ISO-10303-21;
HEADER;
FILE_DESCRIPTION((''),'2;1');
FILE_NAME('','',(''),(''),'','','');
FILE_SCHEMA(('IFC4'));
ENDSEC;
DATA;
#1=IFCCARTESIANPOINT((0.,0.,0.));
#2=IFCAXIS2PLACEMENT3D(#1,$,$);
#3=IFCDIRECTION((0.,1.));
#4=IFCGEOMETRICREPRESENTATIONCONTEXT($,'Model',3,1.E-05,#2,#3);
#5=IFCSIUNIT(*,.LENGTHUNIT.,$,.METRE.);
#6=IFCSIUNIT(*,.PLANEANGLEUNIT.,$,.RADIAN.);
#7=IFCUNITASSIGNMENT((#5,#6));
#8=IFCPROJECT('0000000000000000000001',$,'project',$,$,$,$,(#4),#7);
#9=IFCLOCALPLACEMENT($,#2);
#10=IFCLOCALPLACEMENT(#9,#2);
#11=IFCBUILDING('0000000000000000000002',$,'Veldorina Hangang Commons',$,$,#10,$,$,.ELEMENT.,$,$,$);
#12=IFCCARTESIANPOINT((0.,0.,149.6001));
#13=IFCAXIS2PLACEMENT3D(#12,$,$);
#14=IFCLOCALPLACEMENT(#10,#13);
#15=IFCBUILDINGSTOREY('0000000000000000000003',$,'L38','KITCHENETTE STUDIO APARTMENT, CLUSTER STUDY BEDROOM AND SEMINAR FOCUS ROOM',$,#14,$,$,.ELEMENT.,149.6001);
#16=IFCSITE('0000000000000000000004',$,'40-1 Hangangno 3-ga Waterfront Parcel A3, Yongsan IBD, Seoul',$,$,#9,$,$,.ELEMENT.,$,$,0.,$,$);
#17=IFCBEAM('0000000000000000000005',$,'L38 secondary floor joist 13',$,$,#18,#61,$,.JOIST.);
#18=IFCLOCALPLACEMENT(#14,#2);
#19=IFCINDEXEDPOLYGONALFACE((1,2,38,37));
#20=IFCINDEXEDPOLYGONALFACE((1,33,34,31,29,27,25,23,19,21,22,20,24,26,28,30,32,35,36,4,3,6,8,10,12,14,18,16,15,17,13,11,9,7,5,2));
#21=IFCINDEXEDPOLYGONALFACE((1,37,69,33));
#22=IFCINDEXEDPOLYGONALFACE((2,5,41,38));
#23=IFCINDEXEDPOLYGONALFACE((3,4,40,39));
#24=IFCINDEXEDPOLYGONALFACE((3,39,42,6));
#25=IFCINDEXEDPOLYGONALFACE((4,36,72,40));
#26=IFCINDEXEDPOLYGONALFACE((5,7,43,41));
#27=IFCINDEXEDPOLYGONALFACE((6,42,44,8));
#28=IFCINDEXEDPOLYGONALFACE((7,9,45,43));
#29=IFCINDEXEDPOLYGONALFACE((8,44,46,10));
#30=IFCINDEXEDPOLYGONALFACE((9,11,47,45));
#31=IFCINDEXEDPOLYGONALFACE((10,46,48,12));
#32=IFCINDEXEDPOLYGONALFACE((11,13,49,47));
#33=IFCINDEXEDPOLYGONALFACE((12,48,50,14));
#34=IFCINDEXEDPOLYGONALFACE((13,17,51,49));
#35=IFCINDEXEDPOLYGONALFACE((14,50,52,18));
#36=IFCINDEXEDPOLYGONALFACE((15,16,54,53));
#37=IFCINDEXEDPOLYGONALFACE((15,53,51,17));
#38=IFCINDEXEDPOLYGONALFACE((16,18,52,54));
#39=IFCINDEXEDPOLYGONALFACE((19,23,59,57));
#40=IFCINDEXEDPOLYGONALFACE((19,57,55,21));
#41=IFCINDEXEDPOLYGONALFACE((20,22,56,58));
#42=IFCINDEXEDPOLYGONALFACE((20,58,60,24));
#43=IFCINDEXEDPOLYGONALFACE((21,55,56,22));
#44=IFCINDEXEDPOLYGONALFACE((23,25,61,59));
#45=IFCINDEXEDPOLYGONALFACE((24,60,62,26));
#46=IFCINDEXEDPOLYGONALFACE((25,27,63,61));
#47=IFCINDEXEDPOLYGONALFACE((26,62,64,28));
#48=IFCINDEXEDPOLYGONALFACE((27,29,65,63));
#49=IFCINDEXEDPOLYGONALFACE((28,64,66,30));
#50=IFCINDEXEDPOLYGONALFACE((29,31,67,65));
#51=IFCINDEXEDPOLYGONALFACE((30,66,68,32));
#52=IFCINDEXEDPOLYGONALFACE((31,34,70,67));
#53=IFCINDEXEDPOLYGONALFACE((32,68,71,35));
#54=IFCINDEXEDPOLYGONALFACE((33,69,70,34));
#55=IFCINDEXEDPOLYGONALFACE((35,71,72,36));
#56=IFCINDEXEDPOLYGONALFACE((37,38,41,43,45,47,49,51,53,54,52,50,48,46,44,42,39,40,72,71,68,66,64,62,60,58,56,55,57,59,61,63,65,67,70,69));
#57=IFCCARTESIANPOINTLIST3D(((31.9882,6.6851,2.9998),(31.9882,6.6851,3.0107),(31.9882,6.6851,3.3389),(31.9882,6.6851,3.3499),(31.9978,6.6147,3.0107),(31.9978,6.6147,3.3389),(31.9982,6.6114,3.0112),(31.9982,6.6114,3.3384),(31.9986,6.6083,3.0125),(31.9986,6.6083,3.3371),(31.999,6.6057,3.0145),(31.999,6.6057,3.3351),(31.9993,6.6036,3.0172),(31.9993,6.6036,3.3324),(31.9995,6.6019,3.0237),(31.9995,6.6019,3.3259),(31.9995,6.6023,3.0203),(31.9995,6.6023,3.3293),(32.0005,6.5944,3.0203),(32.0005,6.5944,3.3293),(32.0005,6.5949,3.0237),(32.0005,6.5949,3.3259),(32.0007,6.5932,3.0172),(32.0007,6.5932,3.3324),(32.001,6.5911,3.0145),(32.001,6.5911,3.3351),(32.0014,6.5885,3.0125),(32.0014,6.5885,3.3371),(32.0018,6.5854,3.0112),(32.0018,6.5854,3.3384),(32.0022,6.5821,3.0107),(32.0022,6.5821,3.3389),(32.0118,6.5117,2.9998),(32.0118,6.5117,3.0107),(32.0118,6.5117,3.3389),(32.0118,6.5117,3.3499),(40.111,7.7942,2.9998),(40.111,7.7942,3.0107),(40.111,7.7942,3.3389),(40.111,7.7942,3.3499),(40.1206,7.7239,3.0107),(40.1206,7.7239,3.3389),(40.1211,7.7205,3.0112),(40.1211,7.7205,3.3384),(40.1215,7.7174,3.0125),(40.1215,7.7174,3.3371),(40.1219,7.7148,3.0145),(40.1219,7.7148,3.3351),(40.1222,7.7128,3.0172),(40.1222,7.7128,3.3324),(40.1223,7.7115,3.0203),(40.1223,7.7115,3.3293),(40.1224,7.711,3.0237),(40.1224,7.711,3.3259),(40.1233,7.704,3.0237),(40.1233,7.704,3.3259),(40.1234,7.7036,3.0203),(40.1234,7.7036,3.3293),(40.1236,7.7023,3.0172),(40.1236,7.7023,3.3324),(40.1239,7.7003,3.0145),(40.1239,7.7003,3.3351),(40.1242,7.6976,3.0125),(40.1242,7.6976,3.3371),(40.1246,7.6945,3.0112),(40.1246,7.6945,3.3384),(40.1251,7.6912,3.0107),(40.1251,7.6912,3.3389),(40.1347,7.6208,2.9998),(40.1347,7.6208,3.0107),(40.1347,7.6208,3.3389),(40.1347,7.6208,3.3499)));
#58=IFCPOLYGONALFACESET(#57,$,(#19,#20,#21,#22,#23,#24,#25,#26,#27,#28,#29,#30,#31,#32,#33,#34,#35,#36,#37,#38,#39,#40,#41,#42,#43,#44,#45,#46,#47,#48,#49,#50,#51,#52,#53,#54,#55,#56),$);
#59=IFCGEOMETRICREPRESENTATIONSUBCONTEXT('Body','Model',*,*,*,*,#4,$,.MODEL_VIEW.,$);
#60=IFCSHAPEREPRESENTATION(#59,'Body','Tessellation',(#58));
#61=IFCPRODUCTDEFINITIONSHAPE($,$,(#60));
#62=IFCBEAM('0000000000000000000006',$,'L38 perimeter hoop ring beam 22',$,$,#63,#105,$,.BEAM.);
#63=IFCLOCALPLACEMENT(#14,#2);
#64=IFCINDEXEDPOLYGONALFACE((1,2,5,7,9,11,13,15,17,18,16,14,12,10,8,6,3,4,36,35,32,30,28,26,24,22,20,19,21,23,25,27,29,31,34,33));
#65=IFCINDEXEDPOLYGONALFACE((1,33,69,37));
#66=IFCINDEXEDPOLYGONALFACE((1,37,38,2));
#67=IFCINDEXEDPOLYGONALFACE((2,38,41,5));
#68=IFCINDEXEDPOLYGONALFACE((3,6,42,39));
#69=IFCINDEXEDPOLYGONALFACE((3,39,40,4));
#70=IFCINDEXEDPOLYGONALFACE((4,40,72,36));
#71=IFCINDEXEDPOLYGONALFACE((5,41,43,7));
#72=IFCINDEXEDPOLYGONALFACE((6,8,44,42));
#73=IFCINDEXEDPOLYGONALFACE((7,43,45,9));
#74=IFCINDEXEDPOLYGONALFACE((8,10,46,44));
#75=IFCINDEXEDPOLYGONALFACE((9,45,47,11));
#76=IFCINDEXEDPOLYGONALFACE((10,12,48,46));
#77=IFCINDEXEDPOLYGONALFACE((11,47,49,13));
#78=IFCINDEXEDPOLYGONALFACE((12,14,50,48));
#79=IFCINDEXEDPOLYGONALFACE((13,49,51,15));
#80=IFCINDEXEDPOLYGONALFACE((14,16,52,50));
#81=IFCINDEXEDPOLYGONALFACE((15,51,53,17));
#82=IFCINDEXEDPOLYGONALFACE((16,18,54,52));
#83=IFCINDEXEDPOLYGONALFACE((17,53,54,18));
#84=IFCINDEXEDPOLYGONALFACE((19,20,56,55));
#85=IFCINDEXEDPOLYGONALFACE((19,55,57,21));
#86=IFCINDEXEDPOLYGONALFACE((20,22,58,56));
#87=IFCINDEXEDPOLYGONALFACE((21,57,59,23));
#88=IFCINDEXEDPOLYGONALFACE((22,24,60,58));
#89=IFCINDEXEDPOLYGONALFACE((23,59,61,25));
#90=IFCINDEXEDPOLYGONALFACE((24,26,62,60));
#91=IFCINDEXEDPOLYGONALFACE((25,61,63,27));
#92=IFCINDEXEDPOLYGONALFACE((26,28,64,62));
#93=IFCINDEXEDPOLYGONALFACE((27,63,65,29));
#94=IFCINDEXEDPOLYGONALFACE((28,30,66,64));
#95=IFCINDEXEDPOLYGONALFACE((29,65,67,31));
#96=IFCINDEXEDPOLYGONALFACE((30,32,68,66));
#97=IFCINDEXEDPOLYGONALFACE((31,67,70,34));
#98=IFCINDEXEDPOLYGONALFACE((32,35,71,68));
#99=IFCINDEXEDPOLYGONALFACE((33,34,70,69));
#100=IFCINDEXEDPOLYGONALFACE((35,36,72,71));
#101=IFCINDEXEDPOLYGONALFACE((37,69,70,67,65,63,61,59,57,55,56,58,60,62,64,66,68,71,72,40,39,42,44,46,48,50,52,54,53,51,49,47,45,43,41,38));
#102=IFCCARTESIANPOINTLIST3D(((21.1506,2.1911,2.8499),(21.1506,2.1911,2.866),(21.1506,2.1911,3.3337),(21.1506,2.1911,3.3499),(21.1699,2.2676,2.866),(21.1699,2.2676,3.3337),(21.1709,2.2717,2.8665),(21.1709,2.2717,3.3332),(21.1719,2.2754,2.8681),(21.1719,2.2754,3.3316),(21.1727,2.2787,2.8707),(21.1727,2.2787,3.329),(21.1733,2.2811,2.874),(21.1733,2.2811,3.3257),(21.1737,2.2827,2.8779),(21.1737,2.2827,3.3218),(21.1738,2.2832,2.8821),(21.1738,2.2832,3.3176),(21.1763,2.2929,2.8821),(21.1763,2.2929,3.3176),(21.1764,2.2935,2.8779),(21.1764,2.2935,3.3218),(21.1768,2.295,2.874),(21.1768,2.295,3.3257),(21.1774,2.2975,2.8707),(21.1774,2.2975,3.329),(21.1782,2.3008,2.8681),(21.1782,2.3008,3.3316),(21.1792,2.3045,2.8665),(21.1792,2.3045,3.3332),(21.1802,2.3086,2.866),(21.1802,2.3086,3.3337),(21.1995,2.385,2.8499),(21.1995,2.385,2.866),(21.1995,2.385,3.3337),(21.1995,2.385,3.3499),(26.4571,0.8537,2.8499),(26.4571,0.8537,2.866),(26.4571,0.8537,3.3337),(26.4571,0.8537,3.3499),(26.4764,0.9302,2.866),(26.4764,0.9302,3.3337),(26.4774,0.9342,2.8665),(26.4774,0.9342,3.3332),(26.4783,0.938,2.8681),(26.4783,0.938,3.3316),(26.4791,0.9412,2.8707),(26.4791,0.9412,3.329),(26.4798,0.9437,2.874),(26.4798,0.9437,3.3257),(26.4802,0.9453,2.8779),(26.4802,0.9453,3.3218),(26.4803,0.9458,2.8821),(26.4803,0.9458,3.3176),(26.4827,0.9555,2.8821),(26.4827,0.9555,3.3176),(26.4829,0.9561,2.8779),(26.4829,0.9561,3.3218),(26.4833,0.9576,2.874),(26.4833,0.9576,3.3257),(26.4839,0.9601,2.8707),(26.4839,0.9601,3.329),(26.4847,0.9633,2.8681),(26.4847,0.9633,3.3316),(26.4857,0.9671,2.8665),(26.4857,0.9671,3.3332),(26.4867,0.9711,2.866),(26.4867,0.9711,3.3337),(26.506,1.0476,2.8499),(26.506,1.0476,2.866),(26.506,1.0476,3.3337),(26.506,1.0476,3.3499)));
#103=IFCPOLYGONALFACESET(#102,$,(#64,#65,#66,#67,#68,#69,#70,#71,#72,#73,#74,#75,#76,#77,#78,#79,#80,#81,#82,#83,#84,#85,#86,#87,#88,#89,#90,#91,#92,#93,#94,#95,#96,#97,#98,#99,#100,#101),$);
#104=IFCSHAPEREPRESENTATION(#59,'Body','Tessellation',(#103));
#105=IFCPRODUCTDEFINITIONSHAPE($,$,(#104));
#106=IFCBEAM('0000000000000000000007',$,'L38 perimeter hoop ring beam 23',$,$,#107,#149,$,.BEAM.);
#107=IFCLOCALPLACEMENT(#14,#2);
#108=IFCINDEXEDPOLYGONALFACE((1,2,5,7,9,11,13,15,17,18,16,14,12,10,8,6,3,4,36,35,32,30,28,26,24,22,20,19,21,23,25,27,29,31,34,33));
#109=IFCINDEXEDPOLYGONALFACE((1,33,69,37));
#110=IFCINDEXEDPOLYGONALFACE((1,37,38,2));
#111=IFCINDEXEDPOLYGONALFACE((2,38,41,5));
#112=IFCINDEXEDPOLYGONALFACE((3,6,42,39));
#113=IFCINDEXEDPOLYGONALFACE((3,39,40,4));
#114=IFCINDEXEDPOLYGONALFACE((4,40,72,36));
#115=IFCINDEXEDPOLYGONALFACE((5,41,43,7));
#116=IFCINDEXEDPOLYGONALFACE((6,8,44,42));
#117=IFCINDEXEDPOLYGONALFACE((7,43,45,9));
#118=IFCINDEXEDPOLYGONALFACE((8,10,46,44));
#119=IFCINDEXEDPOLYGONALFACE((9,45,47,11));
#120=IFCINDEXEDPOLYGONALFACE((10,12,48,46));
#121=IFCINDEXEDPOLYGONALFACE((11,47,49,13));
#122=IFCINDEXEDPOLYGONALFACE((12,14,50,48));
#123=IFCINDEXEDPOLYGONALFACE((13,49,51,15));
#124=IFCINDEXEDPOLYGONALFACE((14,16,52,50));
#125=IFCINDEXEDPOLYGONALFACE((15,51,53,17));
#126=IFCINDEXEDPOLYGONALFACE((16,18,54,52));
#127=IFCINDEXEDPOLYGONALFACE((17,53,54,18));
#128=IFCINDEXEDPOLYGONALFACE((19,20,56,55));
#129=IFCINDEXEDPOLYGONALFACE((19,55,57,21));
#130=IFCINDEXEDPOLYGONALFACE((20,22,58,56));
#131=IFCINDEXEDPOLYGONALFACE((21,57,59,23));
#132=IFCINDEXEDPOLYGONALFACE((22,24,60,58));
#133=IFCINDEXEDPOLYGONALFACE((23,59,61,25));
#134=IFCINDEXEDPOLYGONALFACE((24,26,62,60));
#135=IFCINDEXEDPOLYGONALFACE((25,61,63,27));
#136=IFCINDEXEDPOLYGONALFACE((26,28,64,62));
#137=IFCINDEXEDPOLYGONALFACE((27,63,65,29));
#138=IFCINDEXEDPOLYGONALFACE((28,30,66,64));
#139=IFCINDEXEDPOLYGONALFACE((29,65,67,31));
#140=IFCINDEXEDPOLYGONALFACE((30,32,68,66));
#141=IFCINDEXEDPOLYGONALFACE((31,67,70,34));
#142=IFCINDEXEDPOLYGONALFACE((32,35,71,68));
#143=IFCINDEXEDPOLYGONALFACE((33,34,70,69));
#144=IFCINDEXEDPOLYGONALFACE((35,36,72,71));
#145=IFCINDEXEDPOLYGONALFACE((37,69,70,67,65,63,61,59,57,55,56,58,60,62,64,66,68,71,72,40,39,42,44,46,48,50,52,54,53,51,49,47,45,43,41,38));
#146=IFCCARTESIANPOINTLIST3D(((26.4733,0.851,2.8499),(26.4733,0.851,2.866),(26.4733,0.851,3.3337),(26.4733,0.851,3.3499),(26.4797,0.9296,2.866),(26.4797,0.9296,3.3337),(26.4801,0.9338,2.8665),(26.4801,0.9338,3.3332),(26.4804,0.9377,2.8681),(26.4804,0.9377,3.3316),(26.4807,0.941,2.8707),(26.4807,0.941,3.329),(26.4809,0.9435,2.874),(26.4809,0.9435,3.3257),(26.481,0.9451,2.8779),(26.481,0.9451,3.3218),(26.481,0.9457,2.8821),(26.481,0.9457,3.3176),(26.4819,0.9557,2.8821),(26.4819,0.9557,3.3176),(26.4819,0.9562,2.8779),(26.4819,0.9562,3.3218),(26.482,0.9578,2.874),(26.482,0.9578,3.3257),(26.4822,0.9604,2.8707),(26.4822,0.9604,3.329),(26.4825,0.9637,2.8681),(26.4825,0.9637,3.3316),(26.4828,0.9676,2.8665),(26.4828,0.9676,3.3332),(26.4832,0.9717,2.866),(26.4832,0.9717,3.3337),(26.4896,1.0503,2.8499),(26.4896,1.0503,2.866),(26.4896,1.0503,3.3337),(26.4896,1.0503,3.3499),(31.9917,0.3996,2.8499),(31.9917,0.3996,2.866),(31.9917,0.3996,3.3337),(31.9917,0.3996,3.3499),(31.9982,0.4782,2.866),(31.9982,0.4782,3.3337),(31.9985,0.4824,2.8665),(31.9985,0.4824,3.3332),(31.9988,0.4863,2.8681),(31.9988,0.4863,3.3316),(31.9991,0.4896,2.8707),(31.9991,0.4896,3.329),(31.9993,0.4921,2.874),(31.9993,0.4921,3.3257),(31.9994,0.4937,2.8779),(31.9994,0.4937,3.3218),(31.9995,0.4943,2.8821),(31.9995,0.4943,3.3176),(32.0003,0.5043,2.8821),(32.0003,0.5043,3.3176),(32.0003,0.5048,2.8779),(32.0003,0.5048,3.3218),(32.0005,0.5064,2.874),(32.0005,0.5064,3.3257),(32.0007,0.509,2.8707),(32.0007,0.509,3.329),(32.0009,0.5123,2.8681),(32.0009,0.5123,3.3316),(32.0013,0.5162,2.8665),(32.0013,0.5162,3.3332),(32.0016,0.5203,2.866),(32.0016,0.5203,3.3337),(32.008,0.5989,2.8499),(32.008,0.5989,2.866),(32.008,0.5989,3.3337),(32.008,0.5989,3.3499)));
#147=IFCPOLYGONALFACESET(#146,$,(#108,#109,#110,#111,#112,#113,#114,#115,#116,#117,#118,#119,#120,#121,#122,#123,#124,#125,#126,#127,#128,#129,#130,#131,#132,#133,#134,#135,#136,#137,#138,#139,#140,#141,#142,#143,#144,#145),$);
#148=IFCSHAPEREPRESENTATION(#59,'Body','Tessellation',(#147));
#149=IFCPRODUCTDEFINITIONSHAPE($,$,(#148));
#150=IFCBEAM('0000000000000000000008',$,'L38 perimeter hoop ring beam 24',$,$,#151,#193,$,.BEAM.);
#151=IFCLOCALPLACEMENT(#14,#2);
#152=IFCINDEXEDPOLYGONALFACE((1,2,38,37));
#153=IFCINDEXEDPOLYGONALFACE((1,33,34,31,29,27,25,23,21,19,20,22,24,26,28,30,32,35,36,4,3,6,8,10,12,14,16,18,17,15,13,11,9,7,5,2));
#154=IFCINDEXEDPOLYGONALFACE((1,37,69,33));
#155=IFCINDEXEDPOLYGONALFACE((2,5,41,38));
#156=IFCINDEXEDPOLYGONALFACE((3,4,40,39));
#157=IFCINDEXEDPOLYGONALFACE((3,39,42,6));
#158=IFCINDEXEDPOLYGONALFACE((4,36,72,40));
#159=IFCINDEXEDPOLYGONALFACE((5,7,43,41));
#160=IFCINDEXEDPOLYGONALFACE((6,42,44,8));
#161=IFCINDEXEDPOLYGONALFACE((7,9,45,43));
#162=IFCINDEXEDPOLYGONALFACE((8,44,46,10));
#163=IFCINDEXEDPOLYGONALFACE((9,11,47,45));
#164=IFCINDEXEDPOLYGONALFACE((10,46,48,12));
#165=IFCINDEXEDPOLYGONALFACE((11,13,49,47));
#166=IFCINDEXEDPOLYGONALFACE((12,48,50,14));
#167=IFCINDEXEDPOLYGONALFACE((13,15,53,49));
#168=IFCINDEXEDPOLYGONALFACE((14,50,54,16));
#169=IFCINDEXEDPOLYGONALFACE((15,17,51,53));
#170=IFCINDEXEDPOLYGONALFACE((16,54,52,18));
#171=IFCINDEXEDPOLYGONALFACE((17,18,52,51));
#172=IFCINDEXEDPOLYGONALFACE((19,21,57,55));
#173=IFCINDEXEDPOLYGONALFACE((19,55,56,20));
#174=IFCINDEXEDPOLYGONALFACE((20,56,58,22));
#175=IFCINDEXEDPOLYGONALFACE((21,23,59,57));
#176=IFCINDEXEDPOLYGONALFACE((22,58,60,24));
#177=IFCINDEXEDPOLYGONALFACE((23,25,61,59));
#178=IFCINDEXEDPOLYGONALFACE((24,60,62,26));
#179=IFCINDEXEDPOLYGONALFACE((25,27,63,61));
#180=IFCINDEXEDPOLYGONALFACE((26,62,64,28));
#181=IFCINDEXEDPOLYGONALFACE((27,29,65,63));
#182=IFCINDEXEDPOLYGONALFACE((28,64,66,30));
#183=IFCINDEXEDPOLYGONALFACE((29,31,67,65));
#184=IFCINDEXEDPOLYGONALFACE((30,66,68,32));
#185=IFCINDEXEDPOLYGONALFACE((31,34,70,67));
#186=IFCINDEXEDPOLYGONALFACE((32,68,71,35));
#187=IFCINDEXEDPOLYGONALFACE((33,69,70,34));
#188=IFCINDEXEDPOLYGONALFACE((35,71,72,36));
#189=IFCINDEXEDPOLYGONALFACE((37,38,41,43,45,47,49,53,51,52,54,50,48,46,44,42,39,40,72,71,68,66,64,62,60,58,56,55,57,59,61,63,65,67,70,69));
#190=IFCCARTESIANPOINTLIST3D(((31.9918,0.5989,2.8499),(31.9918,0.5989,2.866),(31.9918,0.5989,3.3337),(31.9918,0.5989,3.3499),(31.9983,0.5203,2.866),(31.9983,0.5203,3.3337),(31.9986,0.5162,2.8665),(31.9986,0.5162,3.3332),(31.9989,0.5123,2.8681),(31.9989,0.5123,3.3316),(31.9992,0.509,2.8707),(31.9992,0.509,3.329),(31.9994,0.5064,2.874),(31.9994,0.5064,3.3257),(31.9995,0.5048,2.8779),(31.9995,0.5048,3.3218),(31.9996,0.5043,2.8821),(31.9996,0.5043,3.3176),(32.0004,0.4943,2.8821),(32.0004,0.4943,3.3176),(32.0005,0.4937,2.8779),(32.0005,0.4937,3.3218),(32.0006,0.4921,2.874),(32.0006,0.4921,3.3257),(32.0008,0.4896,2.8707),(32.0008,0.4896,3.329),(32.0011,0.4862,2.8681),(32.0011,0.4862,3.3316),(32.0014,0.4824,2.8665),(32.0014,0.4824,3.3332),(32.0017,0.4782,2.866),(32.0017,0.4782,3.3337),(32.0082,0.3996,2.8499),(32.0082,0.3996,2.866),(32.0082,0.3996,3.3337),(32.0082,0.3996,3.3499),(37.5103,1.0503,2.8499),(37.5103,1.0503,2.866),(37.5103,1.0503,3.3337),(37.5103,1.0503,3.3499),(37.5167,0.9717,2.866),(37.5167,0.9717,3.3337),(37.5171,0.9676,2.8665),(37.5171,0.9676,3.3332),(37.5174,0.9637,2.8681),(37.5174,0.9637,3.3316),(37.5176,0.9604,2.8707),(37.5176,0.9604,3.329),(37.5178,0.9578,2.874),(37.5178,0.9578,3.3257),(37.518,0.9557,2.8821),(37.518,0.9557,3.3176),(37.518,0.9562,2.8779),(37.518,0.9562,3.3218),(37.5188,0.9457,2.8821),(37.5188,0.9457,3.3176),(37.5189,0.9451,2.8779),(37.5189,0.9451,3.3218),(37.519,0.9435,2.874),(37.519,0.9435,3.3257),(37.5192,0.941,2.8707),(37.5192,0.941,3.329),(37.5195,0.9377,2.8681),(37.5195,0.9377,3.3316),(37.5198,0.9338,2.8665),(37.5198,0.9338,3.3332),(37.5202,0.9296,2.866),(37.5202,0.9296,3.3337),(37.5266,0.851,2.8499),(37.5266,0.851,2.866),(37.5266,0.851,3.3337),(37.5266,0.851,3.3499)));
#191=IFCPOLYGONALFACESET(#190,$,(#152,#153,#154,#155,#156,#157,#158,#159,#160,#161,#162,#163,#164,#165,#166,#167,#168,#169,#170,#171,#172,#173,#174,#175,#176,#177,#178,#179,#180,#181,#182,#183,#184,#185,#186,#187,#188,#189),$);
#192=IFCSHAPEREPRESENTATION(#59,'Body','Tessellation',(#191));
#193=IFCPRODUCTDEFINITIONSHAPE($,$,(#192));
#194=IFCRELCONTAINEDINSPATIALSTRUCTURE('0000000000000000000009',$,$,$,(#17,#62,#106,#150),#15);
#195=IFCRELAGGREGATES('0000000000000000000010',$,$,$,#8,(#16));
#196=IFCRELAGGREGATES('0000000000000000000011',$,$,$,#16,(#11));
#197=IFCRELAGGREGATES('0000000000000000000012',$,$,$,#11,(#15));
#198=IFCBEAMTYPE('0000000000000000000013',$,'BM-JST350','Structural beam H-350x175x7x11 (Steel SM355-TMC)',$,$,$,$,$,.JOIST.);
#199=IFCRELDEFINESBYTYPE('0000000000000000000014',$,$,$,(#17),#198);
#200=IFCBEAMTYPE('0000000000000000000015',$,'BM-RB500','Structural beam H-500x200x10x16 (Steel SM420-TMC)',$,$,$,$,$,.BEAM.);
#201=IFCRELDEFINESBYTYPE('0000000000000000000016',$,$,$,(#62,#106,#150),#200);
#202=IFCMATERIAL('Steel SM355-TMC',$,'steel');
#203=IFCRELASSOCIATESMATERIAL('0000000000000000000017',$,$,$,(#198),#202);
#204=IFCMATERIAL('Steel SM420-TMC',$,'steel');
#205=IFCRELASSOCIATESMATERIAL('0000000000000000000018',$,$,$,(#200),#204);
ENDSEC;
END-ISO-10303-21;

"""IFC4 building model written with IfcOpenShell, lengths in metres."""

from ifc_helpers import new_model, si_unit, direction, frame, origin, origin_2d, place, context, subcontext, project, spatial, i_section, extrude, material, material_profile, profile_set, type_object, element, save


model = new_model("IFC4")

# Units and contexts
model_context = context("Model", 3, precision=1e-05, world=origin(), true_north=direction((0.0, 1.0)))
body_context = subcontext(model_context, "Body", "Model", "MODEL_VIEW")
ifc_project = project(units=[si_unit("LENGTHUNIT", "METRE"), si_unit("PLANEANGLEUNIT", "RADIAN")], contexts=[model_context])

# Site, building, storey
site_placement = place(None, origin())
site = spatial("IfcSite", under=ifc_project, at=site_placement, Name="40-1 Hangangno 3-ga Waterfront Parcel A3, Yongsan IBD, Seoul", CompositionType="ELEMENT", RefElevation=0.0)
building_placement = place(site_placement, origin())
building = spatial("IfcBuilding", under=site, at=building_placement, Name="Veldorina Hangang Commons", CompositionType="ELEMENT")
storey_placement = place(building_placement, frame((0.0, 0.0, 149.6001)))
storey = spatial("IfcBuildingStorey", under=building, at=storey_placement, Name="L38", Description="KITCHENETTE STUDIO APARTMENT, CLUSTER STUDY BEDROOM AND SEMINAR FOCUS ROOM", CompositionType="ELEMENT", Elevation=149.6001)

# Beams
ifc_material_1 = material(Name="Steel SM355-TMC", Category="steel")
ifc_material_profile_1 = material_profile(ifc_material_1, i_section(OverallWidth=0.175, OverallDepth=0.3501, WebThickness=0.0071, FlangeThickness=0.011, FilletRadius=0.0129, at=origin_2d()), Name="H-350x175x7x11")
ifc_profile_set_1 = profile_set([ifc_material_profile_1], Name="Steel SM355-TMC")
beam_type_1 = type_object("IfcBeamType", Name="BM-JST350", Description="Structural beam H-350x175x7x11 (Steel SM355-TMC)", PredefinedType="JOIST", material=ifc_profile_set_1)
beam_1_placement = place(storey_placement, frame((32.0, 6.5984, 3.1748), z_axis=(0.990806, 0.13529, 0.0), x_axis=(-0.13529, 0.990806, 0.0)))
element("IfcBeam", 1, at=beam_1_placement, inside=storey, type_object=beam_type_1, Name="L38 secondary floor joist 13", PredefinedType="JOIST", context=body_context, shape_type="SweptSolid", body=[
    extrude(i_section(OverallWidth=0.175, OverallDepth=0.3501, WebThickness=0.0071, FlangeThickness=0.011, FilletRadius=0.0129, at=origin_2d()), origin(), (0.0, 0.0, 1.0), 8.1982),
])
ifc_material_2 = material(Name="Steel SM420-TMC", Category="steel")
ifc_material_profile_2 = material_profile(ifc_material_2, i_section(OverallWidth=0.2, OverallDepth=0.5, WebThickness=0.01, FlangeThickness=0.0161, FilletRadius=0.0161, at=origin_2d()), Name="H-500x200x10x16")
ifc_profile_set_2 = profile_set([ifc_material_profile_2], Name="Steel SM420-TMC")
beam_type_2 = type_object("IfcBeamType", Name="BM-RB500", Description="Structural beam H-500x200x10x16 (Steel SM420-TMC)", PredefinedType="BEAM", material=ifc_profile_set_2)
beam_2_placement = place(storey_placement, frame((21.175, 2.2881, 3.0999), z_axis=(0.969676, -0.244393, 0.0), x_axis=(0.244393, 0.969676, 0.0)))
element("IfcBeam", 2, at=beam_2_placement, inside=storey, type_object=beam_type_2, Name="L38 perimeter hoop ring beam 22", PredefinedType="BEAM", context=body_context, shape_type="SweptSolid", body=[
    extrude(i_section(OverallWidth=0.2, OverallDepth=0.5, WebThickness=0.01, FlangeThickness=0.0161, FilletRadius=0.0161, at=origin_2d()), origin(), (0.0, 0.0, 1.0), 5.4724),
])
for number, where, z_axis, x_axis, name in (
    (3, (26.4814, 0.9507, 3.0999), (0.996671, -0.081527, 0.0), (0.081527, 0.996671, 0.0), "L38 perimeter hoop ring beam 23"),
    (4, (32.0, 0.4993, 3.0999), (0.996671, 0.081527, 0.0), (-0.081527, 0.996671, 0.0), "L38 perimeter hoop ring beam 24"),
):
    element("IfcBeam", number, at=place(storey_placement, frame(where, z_axis=z_axis, x_axis=x_axis)), inside=storey, type_object=beam_type_2, Name=name, PredefinedType="BEAM", context=body_context, shape_type="SweptSolid", body=[
        extrude(i_section(OverallWidth=0.2, OverallDepth=0.5, WebThickness=0.01, FlangeThickness=0.0161, FilletRadius=0.0161, at=origin_2d()), origin(), (0.0, 0.0, 1.0), 5.5369),
    ])

save(model, "model.ifc")
